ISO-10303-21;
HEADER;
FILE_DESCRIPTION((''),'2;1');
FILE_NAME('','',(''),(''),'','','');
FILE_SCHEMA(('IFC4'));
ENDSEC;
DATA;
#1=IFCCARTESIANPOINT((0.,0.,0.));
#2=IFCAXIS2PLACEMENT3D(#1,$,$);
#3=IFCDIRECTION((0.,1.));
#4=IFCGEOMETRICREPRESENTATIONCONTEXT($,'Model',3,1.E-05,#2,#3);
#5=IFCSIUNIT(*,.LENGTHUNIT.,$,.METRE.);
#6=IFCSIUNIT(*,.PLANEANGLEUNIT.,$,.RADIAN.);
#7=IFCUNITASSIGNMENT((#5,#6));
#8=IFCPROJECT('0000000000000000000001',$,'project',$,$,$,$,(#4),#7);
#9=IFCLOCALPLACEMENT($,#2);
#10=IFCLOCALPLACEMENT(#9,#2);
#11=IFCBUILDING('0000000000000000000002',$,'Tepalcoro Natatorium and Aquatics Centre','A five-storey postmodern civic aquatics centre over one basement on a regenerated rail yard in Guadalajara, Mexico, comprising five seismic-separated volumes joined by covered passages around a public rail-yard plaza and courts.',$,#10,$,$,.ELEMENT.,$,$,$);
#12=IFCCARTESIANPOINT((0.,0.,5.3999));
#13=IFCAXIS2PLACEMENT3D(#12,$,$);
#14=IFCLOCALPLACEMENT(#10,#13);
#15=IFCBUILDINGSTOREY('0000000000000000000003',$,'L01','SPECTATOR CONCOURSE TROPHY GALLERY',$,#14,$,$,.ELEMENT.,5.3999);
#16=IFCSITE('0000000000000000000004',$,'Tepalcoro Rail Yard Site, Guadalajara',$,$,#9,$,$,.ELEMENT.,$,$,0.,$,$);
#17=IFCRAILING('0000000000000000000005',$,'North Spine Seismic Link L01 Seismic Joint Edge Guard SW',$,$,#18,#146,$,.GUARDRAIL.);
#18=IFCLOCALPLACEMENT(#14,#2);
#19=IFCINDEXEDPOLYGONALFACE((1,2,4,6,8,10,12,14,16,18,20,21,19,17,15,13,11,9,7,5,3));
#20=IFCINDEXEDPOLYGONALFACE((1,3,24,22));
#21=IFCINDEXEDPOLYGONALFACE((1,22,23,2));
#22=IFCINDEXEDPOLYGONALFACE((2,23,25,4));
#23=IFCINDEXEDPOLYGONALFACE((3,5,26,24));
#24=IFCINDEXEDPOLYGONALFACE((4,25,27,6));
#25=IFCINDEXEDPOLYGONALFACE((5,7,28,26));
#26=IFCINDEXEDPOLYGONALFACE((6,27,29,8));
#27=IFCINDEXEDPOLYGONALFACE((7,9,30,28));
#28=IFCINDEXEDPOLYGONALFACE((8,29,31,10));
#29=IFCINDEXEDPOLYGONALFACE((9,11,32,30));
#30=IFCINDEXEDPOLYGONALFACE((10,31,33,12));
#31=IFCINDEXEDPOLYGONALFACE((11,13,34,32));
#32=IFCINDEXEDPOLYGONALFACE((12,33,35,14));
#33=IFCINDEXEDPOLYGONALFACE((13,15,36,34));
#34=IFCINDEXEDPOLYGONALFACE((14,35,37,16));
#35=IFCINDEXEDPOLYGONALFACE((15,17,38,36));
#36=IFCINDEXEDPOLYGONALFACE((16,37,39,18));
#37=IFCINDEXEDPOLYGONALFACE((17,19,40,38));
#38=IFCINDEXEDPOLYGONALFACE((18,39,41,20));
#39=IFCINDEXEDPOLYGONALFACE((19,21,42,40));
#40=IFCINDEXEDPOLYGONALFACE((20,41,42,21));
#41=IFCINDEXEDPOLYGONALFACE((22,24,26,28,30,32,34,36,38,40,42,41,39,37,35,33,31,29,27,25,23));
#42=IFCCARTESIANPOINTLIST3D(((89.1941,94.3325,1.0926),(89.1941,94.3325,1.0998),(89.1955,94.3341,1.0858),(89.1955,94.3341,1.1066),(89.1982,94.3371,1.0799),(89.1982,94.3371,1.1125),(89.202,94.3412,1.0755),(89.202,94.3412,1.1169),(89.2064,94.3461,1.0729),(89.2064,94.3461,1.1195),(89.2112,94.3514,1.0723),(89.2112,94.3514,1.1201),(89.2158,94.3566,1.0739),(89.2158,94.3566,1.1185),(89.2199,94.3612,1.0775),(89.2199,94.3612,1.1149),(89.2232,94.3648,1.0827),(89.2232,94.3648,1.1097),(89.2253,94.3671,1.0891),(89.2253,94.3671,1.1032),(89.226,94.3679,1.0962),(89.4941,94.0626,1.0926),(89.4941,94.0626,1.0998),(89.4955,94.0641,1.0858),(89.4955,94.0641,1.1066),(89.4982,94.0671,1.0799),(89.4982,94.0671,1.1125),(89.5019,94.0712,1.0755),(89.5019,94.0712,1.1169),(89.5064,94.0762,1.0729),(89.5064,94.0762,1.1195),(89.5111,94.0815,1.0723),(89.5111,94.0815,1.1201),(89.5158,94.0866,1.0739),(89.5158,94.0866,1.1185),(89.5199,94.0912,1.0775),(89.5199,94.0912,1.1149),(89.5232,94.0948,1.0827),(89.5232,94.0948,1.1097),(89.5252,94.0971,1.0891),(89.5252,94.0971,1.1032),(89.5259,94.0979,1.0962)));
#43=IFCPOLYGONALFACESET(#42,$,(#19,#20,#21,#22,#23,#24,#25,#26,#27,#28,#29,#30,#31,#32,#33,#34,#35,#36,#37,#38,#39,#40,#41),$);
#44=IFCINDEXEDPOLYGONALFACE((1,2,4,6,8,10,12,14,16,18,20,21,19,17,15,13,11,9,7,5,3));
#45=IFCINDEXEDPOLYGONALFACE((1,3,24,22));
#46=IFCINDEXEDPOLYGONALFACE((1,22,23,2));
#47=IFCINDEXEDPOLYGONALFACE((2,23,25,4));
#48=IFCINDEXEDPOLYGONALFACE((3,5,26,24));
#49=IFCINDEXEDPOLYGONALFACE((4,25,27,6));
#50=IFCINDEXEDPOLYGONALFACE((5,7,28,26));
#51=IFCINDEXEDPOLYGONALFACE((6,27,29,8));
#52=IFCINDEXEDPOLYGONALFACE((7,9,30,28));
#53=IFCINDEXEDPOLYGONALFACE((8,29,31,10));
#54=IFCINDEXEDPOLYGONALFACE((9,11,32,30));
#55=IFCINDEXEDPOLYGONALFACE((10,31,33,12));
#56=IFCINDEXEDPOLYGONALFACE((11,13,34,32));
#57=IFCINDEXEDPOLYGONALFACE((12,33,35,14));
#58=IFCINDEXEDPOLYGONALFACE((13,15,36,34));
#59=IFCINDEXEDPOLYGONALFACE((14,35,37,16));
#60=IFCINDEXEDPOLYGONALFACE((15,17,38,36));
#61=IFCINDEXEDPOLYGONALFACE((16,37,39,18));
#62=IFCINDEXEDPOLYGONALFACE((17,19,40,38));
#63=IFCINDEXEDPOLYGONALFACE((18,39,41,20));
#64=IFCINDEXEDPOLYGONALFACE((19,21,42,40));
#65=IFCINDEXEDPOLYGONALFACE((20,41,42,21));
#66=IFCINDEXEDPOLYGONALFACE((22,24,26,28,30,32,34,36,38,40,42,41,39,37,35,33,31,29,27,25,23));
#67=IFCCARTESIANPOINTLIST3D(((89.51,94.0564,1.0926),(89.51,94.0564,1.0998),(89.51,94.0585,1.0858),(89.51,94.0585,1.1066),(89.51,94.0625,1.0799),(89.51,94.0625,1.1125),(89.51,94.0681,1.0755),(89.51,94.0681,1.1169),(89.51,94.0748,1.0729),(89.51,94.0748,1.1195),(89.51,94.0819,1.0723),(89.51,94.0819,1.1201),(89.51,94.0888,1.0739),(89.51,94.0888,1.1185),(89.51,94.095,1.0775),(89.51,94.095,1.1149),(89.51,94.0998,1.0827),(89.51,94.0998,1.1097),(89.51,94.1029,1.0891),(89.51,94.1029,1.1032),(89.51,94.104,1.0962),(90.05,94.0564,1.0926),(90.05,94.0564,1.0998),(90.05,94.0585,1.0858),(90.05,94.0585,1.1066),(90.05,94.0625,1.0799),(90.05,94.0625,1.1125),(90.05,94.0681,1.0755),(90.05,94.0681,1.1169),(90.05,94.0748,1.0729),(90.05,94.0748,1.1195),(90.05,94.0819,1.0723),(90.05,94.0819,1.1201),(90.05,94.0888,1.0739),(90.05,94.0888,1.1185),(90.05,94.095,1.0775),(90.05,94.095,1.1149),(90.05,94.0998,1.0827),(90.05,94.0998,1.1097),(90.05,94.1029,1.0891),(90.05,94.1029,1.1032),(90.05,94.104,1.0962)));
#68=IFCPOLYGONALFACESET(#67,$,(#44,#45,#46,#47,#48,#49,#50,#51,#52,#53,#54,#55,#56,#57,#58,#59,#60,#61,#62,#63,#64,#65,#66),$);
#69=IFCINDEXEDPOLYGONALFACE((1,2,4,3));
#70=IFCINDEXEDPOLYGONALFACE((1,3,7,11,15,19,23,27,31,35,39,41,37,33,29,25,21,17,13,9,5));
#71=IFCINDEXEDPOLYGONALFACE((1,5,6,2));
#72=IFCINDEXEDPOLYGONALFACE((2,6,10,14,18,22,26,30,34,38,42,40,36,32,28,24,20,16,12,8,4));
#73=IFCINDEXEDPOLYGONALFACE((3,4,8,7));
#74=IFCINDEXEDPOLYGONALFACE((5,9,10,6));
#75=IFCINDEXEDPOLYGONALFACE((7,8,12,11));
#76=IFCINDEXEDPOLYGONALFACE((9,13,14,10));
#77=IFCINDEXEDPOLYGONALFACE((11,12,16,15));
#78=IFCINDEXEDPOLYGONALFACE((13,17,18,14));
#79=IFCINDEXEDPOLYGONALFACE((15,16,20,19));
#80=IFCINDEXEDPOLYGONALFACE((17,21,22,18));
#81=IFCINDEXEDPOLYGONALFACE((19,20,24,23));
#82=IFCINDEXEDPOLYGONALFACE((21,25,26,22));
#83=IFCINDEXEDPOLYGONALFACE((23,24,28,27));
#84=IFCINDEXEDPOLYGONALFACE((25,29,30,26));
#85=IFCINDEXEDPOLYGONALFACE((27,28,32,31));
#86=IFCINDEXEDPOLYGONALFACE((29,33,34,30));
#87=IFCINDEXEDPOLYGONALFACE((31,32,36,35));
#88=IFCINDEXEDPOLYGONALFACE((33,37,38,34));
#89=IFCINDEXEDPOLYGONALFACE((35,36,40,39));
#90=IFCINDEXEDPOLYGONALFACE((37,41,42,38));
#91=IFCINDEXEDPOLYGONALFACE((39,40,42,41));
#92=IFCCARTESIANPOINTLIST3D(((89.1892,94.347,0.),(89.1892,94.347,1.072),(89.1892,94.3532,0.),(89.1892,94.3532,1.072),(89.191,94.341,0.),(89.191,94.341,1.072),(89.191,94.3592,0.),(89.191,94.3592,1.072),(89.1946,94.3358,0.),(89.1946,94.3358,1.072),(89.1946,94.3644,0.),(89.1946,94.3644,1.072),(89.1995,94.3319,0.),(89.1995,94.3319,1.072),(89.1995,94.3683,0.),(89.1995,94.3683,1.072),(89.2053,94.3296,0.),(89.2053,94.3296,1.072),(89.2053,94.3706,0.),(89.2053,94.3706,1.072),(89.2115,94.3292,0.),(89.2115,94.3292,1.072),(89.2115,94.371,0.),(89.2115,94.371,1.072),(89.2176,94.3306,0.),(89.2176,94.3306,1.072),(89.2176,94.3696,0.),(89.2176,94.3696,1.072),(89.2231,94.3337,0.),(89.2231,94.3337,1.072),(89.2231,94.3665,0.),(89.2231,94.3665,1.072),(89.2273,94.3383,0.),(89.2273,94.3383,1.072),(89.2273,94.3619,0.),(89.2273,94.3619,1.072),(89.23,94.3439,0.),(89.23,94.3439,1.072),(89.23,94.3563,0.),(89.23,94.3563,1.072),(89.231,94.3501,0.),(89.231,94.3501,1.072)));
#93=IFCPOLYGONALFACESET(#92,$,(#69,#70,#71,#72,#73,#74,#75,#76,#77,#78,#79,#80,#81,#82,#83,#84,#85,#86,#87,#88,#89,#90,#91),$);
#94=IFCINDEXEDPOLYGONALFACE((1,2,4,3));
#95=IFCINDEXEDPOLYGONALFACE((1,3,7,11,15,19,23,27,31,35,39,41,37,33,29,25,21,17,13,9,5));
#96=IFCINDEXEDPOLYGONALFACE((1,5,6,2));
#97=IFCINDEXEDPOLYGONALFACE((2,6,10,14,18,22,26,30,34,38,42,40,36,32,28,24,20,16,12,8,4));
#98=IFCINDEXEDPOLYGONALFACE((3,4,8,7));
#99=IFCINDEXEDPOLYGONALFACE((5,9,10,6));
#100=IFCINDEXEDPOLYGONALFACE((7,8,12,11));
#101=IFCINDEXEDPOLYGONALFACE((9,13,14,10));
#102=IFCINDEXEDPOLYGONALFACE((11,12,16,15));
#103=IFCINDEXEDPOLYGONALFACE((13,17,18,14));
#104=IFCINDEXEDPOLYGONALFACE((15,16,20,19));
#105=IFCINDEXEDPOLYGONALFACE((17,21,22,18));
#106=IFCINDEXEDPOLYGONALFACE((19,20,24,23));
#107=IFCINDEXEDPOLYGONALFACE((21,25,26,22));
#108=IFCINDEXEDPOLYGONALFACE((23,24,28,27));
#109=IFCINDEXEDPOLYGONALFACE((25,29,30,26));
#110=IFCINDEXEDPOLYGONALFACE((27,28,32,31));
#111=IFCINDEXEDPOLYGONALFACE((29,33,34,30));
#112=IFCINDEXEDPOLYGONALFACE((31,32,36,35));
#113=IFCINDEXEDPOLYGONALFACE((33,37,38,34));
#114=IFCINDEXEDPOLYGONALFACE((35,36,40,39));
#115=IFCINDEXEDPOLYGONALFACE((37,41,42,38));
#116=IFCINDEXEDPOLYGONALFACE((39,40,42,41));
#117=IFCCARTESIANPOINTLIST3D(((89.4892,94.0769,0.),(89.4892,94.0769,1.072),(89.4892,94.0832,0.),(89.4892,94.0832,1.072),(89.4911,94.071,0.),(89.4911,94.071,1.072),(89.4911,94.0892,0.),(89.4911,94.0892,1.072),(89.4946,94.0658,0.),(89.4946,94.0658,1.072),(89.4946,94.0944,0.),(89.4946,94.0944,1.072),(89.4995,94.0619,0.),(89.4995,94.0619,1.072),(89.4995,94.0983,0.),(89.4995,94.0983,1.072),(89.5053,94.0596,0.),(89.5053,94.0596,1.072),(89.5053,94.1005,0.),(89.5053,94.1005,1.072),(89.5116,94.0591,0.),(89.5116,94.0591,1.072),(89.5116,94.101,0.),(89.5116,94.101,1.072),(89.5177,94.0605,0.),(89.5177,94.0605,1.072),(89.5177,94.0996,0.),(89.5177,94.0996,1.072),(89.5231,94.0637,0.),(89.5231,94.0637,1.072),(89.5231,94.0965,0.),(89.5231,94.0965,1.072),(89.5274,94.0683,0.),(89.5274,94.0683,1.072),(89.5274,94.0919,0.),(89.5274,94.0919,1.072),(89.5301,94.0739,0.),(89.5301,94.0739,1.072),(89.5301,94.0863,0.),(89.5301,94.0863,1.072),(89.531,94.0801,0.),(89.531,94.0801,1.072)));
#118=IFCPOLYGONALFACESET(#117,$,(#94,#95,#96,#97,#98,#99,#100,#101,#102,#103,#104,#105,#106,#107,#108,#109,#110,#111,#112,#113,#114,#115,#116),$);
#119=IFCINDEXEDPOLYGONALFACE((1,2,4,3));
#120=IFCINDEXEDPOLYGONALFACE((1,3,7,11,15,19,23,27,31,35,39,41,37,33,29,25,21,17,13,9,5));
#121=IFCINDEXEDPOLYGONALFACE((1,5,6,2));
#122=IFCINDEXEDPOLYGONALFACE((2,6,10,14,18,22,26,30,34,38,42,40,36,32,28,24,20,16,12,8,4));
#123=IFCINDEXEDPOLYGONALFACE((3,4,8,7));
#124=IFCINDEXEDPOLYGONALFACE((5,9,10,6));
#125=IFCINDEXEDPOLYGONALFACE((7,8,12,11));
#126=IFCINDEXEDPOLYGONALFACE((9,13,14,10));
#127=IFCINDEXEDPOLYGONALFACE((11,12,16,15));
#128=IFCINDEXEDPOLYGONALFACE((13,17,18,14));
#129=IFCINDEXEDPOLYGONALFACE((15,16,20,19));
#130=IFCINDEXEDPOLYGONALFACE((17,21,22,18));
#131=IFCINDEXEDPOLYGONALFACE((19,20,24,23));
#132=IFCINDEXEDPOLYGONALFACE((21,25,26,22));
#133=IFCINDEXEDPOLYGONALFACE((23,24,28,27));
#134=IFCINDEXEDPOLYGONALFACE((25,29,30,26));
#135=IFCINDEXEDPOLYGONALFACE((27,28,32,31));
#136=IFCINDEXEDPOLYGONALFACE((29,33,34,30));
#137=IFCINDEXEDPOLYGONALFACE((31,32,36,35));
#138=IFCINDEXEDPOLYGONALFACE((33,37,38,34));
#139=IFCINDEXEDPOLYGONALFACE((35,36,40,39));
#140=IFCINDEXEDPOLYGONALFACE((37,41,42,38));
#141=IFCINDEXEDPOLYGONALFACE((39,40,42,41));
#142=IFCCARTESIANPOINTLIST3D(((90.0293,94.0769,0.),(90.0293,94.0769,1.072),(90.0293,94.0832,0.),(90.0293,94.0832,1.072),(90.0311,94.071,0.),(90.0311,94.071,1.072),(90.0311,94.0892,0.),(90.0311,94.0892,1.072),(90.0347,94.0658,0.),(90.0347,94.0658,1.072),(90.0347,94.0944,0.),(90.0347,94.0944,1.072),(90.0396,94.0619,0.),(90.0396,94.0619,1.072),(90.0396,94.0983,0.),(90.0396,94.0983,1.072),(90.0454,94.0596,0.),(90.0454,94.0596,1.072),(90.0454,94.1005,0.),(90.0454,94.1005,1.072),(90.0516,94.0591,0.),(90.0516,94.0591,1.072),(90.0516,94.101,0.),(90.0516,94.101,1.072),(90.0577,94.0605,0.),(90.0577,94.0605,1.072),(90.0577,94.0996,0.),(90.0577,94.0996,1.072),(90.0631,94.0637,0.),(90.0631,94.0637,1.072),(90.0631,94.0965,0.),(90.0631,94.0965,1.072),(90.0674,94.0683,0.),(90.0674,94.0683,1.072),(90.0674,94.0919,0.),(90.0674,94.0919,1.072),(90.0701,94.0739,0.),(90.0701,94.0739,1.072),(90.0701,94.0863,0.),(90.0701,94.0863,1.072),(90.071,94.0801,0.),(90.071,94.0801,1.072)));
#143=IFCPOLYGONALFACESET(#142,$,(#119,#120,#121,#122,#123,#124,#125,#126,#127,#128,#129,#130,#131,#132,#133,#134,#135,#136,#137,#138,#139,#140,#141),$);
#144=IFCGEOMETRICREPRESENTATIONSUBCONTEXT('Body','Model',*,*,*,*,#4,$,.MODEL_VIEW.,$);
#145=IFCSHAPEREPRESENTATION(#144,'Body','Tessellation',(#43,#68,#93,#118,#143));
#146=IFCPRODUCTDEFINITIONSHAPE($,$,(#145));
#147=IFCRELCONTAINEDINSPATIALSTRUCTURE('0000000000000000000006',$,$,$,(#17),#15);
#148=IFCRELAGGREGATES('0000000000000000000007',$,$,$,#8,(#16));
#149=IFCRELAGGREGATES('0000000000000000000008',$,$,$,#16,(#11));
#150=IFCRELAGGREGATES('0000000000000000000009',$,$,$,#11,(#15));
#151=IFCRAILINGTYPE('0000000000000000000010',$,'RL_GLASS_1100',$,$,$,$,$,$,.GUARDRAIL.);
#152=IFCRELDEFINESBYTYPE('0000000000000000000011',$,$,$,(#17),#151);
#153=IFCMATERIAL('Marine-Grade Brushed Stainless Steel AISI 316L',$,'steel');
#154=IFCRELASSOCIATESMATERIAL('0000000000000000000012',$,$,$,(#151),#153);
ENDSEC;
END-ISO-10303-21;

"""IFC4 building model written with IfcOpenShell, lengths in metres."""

from ifc_helpers import new_model, si_unit, direction, frame, origin, origin_2d, place, context, subcontext, project, spatial, circle, extrude, material, type_object, element, save


model = new_model("IFC4")

# Units and contexts
model_context = context("Model", 3, precision=1e-05, world=origin(), true_north=direction((0.0, 1.0)))
body_context = subcontext(model_context, "Body", "Model", "MODEL_VIEW")
ifc_project = project(units=[si_unit("LENGTHUNIT", "METRE"), si_unit("PLANEANGLEUNIT", "RADIAN")], contexts=[model_context])

# Site, building, storey
site_placement = place(None, origin())
site = spatial("IfcSite", under=ifc_project, at=site_placement, Name="Tepalcoro Rail Yard Site, Guadalajara", CompositionType="ELEMENT", RefElevation=0.0)
building_placement = place(site_placement, origin())
building = spatial("IfcBuilding", under=site, at=building_placement, Name="Tepalcoro Natatorium and Aquatics Centre", Description="A five-storey postmodern civic aquatics centre over one basement on a regenerated rail yard in Guadalajara, Mexico, comprising five seismic-separated volumes joined by covered passages around a public rail-yard plaza and courts.", CompositionType="ELEMENT")
storey_placement = place(building_placement, frame((0.0, 0.0, 5.3999)))
storey = spatial("IfcBuildingStorey", under=building, at=storey_placement, Name="L01", Description="SPECTATOR CONCOURSE TROPHY GALLERY", CompositionType="ELEMENT", Elevation=5.3999)

# Railing
ifc_material_1 = material(Name="Marine-Grade Brushed Stainless Steel AISI 316L", Category="steel")
railing_type = type_object("IfcRailingType", Name="RL_GLASS_1100", PredefinedType="GUARDRAIL", material=ifc_material_1)
railing_1_placement = place(storey_placement, frame((89.21, 94.3501, 0.0)))
element("IfcRailing", 1, at=railing_1_placement, inside=storey, type_object=railing_type, Name="North Spine Seismic Link L01 Seismic Joint Edge Guard SW", PredefinedType="GUARDRAIL", context=body_context, shape_type="SweptSolid", body=[
    extrude(circle(Radius=0.0239, at=origin_2d()), frame((0.0, 0.0, 1.0962), z_axis=(0.743324, -0.668931, 0.0), x_axis=(0.668931, 0.743324, 0.0)), (0.0, 0.0, 1.0), 0.4036),
    extrude(circle(Radius=0.0239, at=origin_2d()), frame((0.3, -0.27, 1.0962), z_axis=(1.0, 0.0, 0.0), x_axis=(0.0, 1.0, 0.0)), (0.0, 0.0, 1.0), 0.54),
    extrude(circle(Radius=0.021, at=origin_2d()), origin(), (0.0, 0.0, 1.0), 1.072),
    extrude(circle(Radius=0.021, at=origin_2d()), frame((0.3, -0.27, 0.0)), (0.0, 0.0, 1.0), 1.072),
    extrude(circle(Radius=0.021, at=origin_2d()), frame((0.8401, -0.27, 0.0)), (0.0, 0.0, 1.0), 1.072),
])

save(model, "model.ifc")
